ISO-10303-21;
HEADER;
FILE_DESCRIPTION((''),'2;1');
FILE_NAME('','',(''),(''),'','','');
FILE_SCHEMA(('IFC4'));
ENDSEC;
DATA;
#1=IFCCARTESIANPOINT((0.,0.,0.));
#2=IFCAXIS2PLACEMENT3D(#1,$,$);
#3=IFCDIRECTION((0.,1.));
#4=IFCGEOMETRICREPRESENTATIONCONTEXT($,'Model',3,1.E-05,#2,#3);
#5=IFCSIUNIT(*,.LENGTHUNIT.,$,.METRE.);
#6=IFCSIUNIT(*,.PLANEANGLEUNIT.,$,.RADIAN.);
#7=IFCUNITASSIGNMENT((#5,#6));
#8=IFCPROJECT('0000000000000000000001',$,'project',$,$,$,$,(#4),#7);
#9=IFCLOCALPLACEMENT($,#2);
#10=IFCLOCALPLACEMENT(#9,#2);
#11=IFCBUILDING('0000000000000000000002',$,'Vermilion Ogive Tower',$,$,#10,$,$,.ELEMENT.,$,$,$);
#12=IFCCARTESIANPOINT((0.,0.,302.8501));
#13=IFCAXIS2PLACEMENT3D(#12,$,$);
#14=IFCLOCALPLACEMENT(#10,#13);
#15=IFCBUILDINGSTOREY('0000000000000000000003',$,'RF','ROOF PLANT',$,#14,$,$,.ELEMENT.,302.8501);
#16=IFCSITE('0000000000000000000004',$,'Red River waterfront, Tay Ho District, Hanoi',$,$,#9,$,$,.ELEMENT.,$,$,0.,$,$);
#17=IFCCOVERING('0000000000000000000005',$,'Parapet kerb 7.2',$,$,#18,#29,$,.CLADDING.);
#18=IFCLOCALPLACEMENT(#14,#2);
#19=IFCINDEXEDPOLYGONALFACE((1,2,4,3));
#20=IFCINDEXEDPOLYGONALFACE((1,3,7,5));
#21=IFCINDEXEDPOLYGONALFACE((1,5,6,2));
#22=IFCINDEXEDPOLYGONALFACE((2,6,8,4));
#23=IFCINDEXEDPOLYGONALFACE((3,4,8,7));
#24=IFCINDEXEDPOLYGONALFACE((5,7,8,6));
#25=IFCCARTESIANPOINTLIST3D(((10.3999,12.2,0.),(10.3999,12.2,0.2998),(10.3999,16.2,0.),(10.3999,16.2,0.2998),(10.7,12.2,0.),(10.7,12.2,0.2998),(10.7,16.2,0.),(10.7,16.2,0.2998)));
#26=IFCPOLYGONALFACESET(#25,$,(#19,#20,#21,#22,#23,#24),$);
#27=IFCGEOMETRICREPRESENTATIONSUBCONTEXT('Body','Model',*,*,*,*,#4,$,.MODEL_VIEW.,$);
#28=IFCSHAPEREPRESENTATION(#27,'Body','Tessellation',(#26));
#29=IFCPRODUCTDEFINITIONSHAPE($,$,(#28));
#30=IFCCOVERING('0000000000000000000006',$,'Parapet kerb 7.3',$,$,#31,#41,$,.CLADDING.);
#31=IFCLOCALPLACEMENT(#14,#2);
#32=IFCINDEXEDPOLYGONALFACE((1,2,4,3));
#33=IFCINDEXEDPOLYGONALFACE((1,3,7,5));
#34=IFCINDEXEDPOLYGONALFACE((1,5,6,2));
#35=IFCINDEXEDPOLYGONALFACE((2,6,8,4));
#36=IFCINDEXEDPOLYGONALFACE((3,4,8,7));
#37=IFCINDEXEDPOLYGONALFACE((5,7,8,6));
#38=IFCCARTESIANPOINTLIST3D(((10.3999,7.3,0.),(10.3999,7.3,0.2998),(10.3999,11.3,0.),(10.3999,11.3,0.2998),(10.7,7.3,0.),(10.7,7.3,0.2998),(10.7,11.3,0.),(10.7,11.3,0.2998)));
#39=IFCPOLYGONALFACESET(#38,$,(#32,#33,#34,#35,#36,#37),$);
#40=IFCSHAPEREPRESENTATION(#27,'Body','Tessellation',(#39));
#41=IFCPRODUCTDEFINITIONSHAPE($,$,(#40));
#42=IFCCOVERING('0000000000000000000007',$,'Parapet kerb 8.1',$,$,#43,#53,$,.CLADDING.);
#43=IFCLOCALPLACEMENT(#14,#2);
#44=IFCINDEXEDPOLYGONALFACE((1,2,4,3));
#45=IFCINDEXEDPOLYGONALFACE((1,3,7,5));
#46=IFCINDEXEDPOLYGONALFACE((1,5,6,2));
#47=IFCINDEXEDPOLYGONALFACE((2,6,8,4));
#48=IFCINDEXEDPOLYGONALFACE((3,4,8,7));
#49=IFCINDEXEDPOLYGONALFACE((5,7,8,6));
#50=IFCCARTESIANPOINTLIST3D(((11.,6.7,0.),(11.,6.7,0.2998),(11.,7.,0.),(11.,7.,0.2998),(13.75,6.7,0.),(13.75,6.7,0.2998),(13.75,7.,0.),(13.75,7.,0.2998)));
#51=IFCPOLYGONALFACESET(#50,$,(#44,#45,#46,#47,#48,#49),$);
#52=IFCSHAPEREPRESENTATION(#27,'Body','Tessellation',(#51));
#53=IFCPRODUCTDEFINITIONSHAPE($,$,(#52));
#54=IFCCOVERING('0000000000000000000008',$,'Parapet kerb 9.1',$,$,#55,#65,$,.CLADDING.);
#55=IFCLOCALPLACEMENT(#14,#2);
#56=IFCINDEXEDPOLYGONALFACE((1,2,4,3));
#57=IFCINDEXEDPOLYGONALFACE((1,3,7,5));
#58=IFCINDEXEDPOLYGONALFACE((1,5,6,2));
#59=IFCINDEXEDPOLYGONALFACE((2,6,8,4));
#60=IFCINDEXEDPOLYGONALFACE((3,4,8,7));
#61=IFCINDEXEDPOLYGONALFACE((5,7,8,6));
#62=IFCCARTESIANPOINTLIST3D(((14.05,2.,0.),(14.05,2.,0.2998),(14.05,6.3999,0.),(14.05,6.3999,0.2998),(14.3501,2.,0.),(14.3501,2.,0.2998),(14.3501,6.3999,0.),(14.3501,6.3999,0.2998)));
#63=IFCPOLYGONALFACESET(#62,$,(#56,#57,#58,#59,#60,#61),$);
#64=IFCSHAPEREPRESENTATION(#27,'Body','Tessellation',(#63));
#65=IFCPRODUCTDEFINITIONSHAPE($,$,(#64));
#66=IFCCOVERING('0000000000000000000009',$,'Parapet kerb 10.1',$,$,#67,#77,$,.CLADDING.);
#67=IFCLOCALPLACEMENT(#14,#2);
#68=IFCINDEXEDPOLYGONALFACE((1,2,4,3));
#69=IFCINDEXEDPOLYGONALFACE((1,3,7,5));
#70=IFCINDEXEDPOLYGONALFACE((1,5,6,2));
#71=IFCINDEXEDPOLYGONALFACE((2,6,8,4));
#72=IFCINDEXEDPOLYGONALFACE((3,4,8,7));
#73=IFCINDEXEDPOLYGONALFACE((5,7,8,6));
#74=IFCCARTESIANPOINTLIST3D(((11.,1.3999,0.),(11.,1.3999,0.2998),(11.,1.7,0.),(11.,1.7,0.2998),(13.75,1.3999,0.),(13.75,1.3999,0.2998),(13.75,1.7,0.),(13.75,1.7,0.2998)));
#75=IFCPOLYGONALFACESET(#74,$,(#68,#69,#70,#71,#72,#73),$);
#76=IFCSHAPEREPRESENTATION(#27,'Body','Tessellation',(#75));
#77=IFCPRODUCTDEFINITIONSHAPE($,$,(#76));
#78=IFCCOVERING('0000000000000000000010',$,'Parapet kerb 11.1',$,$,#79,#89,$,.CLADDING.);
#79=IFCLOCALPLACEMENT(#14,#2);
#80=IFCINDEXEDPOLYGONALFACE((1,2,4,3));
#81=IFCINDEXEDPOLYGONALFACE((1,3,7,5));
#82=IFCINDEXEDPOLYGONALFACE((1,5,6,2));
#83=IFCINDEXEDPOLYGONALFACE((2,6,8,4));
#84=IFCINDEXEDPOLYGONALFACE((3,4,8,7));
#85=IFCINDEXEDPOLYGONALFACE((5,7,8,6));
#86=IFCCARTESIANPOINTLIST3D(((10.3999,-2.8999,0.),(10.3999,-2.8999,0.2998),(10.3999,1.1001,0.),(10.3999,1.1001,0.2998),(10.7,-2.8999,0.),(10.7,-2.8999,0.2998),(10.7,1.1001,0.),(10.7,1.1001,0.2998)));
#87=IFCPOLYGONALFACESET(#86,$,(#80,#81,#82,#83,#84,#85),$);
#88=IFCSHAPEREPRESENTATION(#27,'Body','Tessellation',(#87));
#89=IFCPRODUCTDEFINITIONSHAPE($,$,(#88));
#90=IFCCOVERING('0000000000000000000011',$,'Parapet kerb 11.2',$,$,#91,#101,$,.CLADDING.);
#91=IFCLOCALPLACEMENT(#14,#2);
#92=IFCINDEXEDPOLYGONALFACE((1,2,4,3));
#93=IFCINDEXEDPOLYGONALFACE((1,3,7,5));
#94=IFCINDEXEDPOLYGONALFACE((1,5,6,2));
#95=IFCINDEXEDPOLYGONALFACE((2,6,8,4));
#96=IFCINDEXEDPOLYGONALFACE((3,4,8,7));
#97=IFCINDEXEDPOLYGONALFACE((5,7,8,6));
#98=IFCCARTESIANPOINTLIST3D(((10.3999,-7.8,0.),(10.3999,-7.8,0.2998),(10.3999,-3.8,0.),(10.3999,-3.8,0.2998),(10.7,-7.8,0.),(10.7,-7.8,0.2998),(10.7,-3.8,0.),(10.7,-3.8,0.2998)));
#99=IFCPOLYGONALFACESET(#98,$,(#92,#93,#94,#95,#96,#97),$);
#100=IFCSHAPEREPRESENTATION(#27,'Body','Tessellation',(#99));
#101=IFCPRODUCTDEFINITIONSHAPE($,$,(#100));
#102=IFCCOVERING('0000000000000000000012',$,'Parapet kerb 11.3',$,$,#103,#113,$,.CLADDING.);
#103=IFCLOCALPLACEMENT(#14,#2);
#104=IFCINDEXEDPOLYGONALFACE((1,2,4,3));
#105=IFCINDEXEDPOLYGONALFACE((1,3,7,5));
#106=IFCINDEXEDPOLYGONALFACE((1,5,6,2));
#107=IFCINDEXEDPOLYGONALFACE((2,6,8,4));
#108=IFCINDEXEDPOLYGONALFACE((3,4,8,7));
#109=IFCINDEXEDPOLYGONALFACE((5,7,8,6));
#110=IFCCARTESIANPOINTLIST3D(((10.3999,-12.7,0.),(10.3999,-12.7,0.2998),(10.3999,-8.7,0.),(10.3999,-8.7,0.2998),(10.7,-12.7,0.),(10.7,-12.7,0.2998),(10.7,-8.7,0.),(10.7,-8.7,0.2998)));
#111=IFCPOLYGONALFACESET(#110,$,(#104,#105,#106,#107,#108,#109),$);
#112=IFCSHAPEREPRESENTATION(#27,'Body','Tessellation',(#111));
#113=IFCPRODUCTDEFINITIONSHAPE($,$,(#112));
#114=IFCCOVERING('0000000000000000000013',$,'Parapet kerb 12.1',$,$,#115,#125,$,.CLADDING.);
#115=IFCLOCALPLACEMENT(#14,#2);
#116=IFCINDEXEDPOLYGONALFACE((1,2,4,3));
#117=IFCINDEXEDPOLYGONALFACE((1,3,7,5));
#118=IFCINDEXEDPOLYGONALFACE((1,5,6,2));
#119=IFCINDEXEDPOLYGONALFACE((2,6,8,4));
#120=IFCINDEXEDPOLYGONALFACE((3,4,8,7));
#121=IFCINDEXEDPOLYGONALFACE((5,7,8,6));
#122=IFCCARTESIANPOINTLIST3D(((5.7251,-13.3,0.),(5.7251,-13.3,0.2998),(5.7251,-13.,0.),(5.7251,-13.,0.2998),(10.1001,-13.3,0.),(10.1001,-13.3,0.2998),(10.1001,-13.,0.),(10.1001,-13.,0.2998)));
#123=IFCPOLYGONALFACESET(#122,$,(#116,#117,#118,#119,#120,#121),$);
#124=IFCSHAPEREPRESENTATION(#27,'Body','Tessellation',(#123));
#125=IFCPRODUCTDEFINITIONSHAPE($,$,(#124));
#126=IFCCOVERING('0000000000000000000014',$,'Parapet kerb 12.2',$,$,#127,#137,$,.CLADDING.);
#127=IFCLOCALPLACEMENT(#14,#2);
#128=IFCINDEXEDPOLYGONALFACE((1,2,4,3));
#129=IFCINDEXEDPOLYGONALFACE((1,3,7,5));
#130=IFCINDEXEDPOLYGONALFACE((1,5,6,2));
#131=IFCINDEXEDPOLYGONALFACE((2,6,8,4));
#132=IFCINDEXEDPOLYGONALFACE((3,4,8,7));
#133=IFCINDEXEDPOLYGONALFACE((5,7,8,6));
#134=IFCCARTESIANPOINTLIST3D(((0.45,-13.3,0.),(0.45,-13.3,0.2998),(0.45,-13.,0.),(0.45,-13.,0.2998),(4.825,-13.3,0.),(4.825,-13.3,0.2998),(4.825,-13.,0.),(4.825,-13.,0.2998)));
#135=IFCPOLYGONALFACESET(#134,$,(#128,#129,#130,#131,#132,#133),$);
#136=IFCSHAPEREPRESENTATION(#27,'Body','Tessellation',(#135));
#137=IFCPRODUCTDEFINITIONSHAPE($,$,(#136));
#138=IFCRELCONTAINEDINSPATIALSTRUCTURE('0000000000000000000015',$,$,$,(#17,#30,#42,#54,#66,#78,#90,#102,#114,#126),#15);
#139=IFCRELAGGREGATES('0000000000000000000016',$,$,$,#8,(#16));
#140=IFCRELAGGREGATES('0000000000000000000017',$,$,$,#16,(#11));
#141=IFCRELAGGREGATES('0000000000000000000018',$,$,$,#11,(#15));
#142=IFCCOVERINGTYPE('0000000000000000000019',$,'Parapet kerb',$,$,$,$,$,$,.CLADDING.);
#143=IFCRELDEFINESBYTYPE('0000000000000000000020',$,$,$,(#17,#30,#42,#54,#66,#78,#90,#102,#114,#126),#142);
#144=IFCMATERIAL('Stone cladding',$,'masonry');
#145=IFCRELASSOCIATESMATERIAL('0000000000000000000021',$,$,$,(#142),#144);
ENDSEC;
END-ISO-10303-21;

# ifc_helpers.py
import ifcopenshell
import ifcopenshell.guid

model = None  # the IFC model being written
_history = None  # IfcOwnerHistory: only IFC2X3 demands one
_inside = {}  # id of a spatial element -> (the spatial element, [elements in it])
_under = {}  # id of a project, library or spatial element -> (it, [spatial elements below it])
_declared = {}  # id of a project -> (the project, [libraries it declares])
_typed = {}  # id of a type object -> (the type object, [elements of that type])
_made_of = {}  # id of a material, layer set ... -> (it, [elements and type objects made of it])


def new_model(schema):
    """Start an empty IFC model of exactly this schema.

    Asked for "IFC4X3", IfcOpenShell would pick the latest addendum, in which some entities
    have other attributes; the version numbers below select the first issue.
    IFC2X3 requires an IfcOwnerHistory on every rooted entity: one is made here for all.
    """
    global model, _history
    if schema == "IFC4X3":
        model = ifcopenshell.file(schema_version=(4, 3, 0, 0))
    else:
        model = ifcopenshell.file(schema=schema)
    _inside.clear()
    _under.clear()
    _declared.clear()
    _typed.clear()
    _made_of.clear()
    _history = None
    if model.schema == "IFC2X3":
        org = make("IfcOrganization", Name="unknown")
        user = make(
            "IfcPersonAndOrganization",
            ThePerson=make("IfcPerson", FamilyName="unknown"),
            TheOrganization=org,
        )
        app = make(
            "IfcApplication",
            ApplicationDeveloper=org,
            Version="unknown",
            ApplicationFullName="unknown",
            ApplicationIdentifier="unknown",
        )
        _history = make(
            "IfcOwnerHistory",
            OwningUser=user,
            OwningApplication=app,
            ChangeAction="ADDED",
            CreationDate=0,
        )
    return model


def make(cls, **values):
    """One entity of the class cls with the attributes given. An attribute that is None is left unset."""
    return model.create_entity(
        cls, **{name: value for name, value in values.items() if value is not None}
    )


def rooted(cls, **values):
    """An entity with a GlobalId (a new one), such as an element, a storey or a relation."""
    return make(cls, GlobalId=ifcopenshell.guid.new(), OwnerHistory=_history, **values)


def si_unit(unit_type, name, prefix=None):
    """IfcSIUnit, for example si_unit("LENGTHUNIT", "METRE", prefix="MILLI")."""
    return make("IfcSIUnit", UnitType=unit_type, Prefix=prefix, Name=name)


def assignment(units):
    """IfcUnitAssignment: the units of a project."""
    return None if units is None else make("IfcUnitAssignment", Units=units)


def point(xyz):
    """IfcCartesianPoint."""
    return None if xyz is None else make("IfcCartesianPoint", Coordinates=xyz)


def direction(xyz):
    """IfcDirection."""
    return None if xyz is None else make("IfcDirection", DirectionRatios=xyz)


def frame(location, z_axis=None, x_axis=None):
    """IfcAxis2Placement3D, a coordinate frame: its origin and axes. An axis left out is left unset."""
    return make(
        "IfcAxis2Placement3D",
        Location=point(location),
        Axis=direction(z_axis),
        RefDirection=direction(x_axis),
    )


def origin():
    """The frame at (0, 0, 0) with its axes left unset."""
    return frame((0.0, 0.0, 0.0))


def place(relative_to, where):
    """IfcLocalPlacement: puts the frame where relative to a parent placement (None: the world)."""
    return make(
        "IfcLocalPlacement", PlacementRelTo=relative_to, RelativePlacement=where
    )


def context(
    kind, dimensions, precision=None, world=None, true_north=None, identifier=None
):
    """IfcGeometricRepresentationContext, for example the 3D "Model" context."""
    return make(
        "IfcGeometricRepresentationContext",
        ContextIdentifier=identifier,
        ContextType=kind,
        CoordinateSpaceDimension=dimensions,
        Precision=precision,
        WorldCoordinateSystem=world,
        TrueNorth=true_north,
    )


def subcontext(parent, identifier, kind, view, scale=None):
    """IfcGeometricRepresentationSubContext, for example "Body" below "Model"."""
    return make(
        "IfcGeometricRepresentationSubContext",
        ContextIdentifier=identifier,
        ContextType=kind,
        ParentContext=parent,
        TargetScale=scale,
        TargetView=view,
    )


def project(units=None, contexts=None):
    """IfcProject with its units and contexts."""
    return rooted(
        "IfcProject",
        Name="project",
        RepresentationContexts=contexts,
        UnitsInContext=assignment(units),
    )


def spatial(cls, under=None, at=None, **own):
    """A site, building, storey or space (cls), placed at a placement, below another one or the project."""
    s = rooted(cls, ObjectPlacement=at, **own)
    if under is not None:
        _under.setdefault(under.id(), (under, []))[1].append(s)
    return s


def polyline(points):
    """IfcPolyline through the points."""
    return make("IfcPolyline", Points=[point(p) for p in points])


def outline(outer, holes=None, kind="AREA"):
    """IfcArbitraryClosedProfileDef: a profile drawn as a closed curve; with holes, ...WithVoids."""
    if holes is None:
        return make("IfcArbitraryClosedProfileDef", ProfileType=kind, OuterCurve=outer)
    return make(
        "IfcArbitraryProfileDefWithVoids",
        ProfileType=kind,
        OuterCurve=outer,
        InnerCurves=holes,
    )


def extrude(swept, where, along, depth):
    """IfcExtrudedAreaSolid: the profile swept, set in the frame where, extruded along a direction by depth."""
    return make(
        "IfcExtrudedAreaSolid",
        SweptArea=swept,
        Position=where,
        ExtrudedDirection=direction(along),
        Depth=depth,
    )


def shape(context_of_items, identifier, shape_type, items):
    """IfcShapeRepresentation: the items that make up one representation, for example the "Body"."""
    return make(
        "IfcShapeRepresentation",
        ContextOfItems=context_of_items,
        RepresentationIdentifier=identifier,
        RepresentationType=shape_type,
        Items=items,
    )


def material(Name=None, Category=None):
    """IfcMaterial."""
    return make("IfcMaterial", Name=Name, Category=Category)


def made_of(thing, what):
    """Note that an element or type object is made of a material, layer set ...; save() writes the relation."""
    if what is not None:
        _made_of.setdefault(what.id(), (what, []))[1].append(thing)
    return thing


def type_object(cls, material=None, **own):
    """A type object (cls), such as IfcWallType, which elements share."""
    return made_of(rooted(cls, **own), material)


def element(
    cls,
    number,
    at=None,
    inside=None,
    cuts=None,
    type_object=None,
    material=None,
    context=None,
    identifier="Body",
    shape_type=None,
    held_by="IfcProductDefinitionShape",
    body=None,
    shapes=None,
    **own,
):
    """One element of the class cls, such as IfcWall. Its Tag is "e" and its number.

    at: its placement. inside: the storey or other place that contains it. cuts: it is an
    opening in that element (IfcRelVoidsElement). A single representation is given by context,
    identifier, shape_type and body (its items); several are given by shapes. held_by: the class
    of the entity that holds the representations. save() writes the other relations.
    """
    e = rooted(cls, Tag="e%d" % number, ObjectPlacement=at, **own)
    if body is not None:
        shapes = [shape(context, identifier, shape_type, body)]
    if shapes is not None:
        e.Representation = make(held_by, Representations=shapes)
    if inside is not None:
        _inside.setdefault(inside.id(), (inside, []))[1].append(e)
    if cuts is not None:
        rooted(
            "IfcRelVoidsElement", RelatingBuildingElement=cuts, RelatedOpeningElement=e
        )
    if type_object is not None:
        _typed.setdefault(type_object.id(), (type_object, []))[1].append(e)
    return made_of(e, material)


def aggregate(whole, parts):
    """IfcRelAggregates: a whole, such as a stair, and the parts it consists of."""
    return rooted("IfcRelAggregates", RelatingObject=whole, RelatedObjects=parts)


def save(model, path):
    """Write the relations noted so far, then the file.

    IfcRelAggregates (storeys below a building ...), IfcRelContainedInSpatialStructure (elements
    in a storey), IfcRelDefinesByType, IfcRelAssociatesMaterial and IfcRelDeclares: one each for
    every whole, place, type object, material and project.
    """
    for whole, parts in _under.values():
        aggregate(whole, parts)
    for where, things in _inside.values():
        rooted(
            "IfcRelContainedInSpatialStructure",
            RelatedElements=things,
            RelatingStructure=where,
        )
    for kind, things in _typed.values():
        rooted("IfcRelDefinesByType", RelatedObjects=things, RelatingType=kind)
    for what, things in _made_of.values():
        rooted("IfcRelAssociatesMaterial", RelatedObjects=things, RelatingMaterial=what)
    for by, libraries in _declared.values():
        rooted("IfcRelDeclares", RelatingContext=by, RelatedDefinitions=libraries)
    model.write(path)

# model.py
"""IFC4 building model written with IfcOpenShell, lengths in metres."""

from ifc_helpers import new_model, si_unit, direction, frame, origin, place, context, subcontext, project, spatial, polyline, outline, extrude, material, type_object, element, save


model = new_model("IFC4")

# Units and contexts
model_context = context("Model", 3, precision=1e-05, world=origin(), true_north=direction((0.0, 1.0)))
body_context = subcontext(model_context, "Body", "Model", "MODEL_VIEW")
ifc_project = project(units=[si_unit("LENGTHUNIT", "METRE"), si_unit("PLANEANGLEUNIT", "RADIAN")], contexts=[model_context])

# Site, building, storey
site_placement = place(None, origin())
site = spatial("IfcSite", under=ifc_project, at=site_placement, Name="Red River waterfront, Tay Ho District, Hanoi", CompositionType="ELEMENT", RefElevation=0.0)
building_placement = place(site_placement, origin())
building = spatial("IfcBuilding", under=site, at=building_placement, Name="Vermilion Ogive Tower", CompositionType="ELEMENT")
storey_placement = place(building_placement, frame((0.0, 0.0, 302.8501)))
storey = spatial("IfcBuildingStorey", under=building, at=storey_placement, Name="RF", Description="ROOF PLANT", CompositionType="ELEMENT", Elevation=302.8501)

# Coverings
ifc_material_1 = material(Name="Stone cladding", Category="masonry")
covering_type = type_object("IfcCoveringType", Name="Parapet kerb", PredefinedType="CLADDING", material=ifc_material_1)
covering_1_placement = place(storey_placement, origin())
element("IfcCovering", 1, at=covering_1_placement, inside=storey, type_object=covering_type, Name="Parapet kerb 7.2", PredefinedType="CLADDING", context=body_context, shape_type="SweptSolid", body=[
    extrude(outline(polyline([(10.3999, 16.2), (10.3999, 12.2), (10.7, 12.2), (10.7, 16.2), (10.3999, 16.2)])), origin(), (0.0, 0.0, 1.0), 0.2998),
])
covering_2_placement = place(storey_placement, origin())
element("IfcCovering", 2, at=covering_2_placement, inside=storey, type_object=covering_type, Name="Parapet kerb 7.3", PredefinedType="CLADDING", context=body_context, shape_type="SweptSolid", body=[
    extrude(outline(polyline([(10.3999, 11.3), (10.3999, 7.3), (10.7, 7.3), (10.7, 11.3), (10.3999, 11.3)])), origin(), (0.0, 0.0, 1.0), 0.2998),
])
covering_3_placement = place(storey_placement, origin())
element("IfcCovering", 3, at=covering_3_placement, inside=storey, type_object=covering_type, Name="Parapet kerb 8.1", PredefinedType="CLADDING", context=body_context, shape_type="SweptSolid", body=[
    extrude(outline(polyline([(11.0, 6.7), (13.75, 6.7), (13.75, 7.0), (11.0, 7.0), (11.0, 6.7)])), origin(), (0.0, 0.0, 1.0), 0.2998),
])
covering_4_placement = place(storey_placement, origin())
element("IfcCovering", 4, at=covering_4_placement, inside=storey, type_object=covering_type, Name="Parapet kerb 9.1", PredefinedType="CLADDING", context=body_context, shape_type="SweptSolid", body=[
    extrude(outline(polyline([(14.05, 6.3999), (14.05, 2.0), (14.3501, 2.0), (14.3501, 6.3999), (14.05, 6.3999)])), origin(), (0.0, 0.0, 1.0), 0.2998),
])
covering_5_placement = place(storey_placement, origin())
element("IfcCovering", 5, at=covering_5_placement, inside=storey, type_object=covering_type, Name="Parapet kerb 10.1", PredefinedType="CLADDING", context=body_context, shape_type="SweptSolid", body=[
    extrude(outline(polyline([(13.75, 1.7), (11.0, 1.7), (11.0, 1.3999), (13.75, 1.3999), (13.75, 1.7)])), origin(), (0.0, 0.0, 1.0), 0.2998),
])
covering_6_placement = place(storey_placement, origin())
element("IfcCovering", 6, at=covering_6_placement, inside=storey, type_object=covering_type, Name="Parapet kerb 11.1", PredefinedType="CLADDING", context=body_context, shape_type="SweptSolid", body=[
    extrude(outline(polyline([(10.3999, 1.1001), (10.3999, -2.8999), (10.7, -2.8999), (10.7, 1.1001), (10.3999, 1.1001)])), origin(), (0.0, 0.0, 1.0), 0.2998),
])
covering_7_placement = place(storey_placement, origin())
element("IfcCovering", 7, at=covering_7_placement, inside=storey, type_object=covering_type, Name="Parapet kerb 11.2", PredefinedType="CLADDING", context=body_context, shape_type="SweptSolid", body=[
    extrude(outline(polyline([(10.3999, -3.8), (10.3999, -7.8), (10.7, -7.8), (10.7, -3.8), (10.3999, -3.8)])), origin(), (0.0, 0.0, 1.0), 0.2998),
])
covering_8_placement = place(storey_placement, origin())
element("IfcCovering", 8, at=covering_8_placement, inside=storey, type_object=covering_type, Name="Parapet kerb 11.3", PredefinedType="CLADDING", context=body_context, shape_type="SweptSolid", body=[
    extrude(outline(polyline([(10.3999, -8.7), (10.3999, -12.7), (10.7, -12.7), (10.7, -8.7), (10.3999, -8.7)])), origin(), (0.0, 0.0, 1.0), 0.2998),
])
covering_9_placement = place(storey_placement, origin())
element("IfcCovering", 9, at=covering_9_placement, inside=storey, type_object=covering_type, Name="Parapet kerb 12.1", PredefinedType="CLADDING", context=body_context, shape_type="SweptSolid", body=[
    extrude(outline(polyline([(10.1001, -13.0), (5.7251, -13.0), (5.7251, -13.3), (10.1001, -13.3), (10.1001, -13.0)])), origin(), (0.0, 0.0, 1.0), 0.2998),
])
covering_10_placement = place(storey_placement, origin())
element("IfcCovering", 10, at=covering_10_placement, inside=storey, type_object=covering_type, Name="Parapet kerb 12.2", PredefinedType="CLADDING", context=body_context, shape_type="SweptSolid", body=[
    extrude(outline(polyline([(4.825, -13.0), (0.45, -13.0), (0.45, -13.3), (4.825, -13.3), (4.825, -13.0)])), origin(), (0.0, 0.0, 1.0), 0.2998),
])

save(model, "model.ifc")
